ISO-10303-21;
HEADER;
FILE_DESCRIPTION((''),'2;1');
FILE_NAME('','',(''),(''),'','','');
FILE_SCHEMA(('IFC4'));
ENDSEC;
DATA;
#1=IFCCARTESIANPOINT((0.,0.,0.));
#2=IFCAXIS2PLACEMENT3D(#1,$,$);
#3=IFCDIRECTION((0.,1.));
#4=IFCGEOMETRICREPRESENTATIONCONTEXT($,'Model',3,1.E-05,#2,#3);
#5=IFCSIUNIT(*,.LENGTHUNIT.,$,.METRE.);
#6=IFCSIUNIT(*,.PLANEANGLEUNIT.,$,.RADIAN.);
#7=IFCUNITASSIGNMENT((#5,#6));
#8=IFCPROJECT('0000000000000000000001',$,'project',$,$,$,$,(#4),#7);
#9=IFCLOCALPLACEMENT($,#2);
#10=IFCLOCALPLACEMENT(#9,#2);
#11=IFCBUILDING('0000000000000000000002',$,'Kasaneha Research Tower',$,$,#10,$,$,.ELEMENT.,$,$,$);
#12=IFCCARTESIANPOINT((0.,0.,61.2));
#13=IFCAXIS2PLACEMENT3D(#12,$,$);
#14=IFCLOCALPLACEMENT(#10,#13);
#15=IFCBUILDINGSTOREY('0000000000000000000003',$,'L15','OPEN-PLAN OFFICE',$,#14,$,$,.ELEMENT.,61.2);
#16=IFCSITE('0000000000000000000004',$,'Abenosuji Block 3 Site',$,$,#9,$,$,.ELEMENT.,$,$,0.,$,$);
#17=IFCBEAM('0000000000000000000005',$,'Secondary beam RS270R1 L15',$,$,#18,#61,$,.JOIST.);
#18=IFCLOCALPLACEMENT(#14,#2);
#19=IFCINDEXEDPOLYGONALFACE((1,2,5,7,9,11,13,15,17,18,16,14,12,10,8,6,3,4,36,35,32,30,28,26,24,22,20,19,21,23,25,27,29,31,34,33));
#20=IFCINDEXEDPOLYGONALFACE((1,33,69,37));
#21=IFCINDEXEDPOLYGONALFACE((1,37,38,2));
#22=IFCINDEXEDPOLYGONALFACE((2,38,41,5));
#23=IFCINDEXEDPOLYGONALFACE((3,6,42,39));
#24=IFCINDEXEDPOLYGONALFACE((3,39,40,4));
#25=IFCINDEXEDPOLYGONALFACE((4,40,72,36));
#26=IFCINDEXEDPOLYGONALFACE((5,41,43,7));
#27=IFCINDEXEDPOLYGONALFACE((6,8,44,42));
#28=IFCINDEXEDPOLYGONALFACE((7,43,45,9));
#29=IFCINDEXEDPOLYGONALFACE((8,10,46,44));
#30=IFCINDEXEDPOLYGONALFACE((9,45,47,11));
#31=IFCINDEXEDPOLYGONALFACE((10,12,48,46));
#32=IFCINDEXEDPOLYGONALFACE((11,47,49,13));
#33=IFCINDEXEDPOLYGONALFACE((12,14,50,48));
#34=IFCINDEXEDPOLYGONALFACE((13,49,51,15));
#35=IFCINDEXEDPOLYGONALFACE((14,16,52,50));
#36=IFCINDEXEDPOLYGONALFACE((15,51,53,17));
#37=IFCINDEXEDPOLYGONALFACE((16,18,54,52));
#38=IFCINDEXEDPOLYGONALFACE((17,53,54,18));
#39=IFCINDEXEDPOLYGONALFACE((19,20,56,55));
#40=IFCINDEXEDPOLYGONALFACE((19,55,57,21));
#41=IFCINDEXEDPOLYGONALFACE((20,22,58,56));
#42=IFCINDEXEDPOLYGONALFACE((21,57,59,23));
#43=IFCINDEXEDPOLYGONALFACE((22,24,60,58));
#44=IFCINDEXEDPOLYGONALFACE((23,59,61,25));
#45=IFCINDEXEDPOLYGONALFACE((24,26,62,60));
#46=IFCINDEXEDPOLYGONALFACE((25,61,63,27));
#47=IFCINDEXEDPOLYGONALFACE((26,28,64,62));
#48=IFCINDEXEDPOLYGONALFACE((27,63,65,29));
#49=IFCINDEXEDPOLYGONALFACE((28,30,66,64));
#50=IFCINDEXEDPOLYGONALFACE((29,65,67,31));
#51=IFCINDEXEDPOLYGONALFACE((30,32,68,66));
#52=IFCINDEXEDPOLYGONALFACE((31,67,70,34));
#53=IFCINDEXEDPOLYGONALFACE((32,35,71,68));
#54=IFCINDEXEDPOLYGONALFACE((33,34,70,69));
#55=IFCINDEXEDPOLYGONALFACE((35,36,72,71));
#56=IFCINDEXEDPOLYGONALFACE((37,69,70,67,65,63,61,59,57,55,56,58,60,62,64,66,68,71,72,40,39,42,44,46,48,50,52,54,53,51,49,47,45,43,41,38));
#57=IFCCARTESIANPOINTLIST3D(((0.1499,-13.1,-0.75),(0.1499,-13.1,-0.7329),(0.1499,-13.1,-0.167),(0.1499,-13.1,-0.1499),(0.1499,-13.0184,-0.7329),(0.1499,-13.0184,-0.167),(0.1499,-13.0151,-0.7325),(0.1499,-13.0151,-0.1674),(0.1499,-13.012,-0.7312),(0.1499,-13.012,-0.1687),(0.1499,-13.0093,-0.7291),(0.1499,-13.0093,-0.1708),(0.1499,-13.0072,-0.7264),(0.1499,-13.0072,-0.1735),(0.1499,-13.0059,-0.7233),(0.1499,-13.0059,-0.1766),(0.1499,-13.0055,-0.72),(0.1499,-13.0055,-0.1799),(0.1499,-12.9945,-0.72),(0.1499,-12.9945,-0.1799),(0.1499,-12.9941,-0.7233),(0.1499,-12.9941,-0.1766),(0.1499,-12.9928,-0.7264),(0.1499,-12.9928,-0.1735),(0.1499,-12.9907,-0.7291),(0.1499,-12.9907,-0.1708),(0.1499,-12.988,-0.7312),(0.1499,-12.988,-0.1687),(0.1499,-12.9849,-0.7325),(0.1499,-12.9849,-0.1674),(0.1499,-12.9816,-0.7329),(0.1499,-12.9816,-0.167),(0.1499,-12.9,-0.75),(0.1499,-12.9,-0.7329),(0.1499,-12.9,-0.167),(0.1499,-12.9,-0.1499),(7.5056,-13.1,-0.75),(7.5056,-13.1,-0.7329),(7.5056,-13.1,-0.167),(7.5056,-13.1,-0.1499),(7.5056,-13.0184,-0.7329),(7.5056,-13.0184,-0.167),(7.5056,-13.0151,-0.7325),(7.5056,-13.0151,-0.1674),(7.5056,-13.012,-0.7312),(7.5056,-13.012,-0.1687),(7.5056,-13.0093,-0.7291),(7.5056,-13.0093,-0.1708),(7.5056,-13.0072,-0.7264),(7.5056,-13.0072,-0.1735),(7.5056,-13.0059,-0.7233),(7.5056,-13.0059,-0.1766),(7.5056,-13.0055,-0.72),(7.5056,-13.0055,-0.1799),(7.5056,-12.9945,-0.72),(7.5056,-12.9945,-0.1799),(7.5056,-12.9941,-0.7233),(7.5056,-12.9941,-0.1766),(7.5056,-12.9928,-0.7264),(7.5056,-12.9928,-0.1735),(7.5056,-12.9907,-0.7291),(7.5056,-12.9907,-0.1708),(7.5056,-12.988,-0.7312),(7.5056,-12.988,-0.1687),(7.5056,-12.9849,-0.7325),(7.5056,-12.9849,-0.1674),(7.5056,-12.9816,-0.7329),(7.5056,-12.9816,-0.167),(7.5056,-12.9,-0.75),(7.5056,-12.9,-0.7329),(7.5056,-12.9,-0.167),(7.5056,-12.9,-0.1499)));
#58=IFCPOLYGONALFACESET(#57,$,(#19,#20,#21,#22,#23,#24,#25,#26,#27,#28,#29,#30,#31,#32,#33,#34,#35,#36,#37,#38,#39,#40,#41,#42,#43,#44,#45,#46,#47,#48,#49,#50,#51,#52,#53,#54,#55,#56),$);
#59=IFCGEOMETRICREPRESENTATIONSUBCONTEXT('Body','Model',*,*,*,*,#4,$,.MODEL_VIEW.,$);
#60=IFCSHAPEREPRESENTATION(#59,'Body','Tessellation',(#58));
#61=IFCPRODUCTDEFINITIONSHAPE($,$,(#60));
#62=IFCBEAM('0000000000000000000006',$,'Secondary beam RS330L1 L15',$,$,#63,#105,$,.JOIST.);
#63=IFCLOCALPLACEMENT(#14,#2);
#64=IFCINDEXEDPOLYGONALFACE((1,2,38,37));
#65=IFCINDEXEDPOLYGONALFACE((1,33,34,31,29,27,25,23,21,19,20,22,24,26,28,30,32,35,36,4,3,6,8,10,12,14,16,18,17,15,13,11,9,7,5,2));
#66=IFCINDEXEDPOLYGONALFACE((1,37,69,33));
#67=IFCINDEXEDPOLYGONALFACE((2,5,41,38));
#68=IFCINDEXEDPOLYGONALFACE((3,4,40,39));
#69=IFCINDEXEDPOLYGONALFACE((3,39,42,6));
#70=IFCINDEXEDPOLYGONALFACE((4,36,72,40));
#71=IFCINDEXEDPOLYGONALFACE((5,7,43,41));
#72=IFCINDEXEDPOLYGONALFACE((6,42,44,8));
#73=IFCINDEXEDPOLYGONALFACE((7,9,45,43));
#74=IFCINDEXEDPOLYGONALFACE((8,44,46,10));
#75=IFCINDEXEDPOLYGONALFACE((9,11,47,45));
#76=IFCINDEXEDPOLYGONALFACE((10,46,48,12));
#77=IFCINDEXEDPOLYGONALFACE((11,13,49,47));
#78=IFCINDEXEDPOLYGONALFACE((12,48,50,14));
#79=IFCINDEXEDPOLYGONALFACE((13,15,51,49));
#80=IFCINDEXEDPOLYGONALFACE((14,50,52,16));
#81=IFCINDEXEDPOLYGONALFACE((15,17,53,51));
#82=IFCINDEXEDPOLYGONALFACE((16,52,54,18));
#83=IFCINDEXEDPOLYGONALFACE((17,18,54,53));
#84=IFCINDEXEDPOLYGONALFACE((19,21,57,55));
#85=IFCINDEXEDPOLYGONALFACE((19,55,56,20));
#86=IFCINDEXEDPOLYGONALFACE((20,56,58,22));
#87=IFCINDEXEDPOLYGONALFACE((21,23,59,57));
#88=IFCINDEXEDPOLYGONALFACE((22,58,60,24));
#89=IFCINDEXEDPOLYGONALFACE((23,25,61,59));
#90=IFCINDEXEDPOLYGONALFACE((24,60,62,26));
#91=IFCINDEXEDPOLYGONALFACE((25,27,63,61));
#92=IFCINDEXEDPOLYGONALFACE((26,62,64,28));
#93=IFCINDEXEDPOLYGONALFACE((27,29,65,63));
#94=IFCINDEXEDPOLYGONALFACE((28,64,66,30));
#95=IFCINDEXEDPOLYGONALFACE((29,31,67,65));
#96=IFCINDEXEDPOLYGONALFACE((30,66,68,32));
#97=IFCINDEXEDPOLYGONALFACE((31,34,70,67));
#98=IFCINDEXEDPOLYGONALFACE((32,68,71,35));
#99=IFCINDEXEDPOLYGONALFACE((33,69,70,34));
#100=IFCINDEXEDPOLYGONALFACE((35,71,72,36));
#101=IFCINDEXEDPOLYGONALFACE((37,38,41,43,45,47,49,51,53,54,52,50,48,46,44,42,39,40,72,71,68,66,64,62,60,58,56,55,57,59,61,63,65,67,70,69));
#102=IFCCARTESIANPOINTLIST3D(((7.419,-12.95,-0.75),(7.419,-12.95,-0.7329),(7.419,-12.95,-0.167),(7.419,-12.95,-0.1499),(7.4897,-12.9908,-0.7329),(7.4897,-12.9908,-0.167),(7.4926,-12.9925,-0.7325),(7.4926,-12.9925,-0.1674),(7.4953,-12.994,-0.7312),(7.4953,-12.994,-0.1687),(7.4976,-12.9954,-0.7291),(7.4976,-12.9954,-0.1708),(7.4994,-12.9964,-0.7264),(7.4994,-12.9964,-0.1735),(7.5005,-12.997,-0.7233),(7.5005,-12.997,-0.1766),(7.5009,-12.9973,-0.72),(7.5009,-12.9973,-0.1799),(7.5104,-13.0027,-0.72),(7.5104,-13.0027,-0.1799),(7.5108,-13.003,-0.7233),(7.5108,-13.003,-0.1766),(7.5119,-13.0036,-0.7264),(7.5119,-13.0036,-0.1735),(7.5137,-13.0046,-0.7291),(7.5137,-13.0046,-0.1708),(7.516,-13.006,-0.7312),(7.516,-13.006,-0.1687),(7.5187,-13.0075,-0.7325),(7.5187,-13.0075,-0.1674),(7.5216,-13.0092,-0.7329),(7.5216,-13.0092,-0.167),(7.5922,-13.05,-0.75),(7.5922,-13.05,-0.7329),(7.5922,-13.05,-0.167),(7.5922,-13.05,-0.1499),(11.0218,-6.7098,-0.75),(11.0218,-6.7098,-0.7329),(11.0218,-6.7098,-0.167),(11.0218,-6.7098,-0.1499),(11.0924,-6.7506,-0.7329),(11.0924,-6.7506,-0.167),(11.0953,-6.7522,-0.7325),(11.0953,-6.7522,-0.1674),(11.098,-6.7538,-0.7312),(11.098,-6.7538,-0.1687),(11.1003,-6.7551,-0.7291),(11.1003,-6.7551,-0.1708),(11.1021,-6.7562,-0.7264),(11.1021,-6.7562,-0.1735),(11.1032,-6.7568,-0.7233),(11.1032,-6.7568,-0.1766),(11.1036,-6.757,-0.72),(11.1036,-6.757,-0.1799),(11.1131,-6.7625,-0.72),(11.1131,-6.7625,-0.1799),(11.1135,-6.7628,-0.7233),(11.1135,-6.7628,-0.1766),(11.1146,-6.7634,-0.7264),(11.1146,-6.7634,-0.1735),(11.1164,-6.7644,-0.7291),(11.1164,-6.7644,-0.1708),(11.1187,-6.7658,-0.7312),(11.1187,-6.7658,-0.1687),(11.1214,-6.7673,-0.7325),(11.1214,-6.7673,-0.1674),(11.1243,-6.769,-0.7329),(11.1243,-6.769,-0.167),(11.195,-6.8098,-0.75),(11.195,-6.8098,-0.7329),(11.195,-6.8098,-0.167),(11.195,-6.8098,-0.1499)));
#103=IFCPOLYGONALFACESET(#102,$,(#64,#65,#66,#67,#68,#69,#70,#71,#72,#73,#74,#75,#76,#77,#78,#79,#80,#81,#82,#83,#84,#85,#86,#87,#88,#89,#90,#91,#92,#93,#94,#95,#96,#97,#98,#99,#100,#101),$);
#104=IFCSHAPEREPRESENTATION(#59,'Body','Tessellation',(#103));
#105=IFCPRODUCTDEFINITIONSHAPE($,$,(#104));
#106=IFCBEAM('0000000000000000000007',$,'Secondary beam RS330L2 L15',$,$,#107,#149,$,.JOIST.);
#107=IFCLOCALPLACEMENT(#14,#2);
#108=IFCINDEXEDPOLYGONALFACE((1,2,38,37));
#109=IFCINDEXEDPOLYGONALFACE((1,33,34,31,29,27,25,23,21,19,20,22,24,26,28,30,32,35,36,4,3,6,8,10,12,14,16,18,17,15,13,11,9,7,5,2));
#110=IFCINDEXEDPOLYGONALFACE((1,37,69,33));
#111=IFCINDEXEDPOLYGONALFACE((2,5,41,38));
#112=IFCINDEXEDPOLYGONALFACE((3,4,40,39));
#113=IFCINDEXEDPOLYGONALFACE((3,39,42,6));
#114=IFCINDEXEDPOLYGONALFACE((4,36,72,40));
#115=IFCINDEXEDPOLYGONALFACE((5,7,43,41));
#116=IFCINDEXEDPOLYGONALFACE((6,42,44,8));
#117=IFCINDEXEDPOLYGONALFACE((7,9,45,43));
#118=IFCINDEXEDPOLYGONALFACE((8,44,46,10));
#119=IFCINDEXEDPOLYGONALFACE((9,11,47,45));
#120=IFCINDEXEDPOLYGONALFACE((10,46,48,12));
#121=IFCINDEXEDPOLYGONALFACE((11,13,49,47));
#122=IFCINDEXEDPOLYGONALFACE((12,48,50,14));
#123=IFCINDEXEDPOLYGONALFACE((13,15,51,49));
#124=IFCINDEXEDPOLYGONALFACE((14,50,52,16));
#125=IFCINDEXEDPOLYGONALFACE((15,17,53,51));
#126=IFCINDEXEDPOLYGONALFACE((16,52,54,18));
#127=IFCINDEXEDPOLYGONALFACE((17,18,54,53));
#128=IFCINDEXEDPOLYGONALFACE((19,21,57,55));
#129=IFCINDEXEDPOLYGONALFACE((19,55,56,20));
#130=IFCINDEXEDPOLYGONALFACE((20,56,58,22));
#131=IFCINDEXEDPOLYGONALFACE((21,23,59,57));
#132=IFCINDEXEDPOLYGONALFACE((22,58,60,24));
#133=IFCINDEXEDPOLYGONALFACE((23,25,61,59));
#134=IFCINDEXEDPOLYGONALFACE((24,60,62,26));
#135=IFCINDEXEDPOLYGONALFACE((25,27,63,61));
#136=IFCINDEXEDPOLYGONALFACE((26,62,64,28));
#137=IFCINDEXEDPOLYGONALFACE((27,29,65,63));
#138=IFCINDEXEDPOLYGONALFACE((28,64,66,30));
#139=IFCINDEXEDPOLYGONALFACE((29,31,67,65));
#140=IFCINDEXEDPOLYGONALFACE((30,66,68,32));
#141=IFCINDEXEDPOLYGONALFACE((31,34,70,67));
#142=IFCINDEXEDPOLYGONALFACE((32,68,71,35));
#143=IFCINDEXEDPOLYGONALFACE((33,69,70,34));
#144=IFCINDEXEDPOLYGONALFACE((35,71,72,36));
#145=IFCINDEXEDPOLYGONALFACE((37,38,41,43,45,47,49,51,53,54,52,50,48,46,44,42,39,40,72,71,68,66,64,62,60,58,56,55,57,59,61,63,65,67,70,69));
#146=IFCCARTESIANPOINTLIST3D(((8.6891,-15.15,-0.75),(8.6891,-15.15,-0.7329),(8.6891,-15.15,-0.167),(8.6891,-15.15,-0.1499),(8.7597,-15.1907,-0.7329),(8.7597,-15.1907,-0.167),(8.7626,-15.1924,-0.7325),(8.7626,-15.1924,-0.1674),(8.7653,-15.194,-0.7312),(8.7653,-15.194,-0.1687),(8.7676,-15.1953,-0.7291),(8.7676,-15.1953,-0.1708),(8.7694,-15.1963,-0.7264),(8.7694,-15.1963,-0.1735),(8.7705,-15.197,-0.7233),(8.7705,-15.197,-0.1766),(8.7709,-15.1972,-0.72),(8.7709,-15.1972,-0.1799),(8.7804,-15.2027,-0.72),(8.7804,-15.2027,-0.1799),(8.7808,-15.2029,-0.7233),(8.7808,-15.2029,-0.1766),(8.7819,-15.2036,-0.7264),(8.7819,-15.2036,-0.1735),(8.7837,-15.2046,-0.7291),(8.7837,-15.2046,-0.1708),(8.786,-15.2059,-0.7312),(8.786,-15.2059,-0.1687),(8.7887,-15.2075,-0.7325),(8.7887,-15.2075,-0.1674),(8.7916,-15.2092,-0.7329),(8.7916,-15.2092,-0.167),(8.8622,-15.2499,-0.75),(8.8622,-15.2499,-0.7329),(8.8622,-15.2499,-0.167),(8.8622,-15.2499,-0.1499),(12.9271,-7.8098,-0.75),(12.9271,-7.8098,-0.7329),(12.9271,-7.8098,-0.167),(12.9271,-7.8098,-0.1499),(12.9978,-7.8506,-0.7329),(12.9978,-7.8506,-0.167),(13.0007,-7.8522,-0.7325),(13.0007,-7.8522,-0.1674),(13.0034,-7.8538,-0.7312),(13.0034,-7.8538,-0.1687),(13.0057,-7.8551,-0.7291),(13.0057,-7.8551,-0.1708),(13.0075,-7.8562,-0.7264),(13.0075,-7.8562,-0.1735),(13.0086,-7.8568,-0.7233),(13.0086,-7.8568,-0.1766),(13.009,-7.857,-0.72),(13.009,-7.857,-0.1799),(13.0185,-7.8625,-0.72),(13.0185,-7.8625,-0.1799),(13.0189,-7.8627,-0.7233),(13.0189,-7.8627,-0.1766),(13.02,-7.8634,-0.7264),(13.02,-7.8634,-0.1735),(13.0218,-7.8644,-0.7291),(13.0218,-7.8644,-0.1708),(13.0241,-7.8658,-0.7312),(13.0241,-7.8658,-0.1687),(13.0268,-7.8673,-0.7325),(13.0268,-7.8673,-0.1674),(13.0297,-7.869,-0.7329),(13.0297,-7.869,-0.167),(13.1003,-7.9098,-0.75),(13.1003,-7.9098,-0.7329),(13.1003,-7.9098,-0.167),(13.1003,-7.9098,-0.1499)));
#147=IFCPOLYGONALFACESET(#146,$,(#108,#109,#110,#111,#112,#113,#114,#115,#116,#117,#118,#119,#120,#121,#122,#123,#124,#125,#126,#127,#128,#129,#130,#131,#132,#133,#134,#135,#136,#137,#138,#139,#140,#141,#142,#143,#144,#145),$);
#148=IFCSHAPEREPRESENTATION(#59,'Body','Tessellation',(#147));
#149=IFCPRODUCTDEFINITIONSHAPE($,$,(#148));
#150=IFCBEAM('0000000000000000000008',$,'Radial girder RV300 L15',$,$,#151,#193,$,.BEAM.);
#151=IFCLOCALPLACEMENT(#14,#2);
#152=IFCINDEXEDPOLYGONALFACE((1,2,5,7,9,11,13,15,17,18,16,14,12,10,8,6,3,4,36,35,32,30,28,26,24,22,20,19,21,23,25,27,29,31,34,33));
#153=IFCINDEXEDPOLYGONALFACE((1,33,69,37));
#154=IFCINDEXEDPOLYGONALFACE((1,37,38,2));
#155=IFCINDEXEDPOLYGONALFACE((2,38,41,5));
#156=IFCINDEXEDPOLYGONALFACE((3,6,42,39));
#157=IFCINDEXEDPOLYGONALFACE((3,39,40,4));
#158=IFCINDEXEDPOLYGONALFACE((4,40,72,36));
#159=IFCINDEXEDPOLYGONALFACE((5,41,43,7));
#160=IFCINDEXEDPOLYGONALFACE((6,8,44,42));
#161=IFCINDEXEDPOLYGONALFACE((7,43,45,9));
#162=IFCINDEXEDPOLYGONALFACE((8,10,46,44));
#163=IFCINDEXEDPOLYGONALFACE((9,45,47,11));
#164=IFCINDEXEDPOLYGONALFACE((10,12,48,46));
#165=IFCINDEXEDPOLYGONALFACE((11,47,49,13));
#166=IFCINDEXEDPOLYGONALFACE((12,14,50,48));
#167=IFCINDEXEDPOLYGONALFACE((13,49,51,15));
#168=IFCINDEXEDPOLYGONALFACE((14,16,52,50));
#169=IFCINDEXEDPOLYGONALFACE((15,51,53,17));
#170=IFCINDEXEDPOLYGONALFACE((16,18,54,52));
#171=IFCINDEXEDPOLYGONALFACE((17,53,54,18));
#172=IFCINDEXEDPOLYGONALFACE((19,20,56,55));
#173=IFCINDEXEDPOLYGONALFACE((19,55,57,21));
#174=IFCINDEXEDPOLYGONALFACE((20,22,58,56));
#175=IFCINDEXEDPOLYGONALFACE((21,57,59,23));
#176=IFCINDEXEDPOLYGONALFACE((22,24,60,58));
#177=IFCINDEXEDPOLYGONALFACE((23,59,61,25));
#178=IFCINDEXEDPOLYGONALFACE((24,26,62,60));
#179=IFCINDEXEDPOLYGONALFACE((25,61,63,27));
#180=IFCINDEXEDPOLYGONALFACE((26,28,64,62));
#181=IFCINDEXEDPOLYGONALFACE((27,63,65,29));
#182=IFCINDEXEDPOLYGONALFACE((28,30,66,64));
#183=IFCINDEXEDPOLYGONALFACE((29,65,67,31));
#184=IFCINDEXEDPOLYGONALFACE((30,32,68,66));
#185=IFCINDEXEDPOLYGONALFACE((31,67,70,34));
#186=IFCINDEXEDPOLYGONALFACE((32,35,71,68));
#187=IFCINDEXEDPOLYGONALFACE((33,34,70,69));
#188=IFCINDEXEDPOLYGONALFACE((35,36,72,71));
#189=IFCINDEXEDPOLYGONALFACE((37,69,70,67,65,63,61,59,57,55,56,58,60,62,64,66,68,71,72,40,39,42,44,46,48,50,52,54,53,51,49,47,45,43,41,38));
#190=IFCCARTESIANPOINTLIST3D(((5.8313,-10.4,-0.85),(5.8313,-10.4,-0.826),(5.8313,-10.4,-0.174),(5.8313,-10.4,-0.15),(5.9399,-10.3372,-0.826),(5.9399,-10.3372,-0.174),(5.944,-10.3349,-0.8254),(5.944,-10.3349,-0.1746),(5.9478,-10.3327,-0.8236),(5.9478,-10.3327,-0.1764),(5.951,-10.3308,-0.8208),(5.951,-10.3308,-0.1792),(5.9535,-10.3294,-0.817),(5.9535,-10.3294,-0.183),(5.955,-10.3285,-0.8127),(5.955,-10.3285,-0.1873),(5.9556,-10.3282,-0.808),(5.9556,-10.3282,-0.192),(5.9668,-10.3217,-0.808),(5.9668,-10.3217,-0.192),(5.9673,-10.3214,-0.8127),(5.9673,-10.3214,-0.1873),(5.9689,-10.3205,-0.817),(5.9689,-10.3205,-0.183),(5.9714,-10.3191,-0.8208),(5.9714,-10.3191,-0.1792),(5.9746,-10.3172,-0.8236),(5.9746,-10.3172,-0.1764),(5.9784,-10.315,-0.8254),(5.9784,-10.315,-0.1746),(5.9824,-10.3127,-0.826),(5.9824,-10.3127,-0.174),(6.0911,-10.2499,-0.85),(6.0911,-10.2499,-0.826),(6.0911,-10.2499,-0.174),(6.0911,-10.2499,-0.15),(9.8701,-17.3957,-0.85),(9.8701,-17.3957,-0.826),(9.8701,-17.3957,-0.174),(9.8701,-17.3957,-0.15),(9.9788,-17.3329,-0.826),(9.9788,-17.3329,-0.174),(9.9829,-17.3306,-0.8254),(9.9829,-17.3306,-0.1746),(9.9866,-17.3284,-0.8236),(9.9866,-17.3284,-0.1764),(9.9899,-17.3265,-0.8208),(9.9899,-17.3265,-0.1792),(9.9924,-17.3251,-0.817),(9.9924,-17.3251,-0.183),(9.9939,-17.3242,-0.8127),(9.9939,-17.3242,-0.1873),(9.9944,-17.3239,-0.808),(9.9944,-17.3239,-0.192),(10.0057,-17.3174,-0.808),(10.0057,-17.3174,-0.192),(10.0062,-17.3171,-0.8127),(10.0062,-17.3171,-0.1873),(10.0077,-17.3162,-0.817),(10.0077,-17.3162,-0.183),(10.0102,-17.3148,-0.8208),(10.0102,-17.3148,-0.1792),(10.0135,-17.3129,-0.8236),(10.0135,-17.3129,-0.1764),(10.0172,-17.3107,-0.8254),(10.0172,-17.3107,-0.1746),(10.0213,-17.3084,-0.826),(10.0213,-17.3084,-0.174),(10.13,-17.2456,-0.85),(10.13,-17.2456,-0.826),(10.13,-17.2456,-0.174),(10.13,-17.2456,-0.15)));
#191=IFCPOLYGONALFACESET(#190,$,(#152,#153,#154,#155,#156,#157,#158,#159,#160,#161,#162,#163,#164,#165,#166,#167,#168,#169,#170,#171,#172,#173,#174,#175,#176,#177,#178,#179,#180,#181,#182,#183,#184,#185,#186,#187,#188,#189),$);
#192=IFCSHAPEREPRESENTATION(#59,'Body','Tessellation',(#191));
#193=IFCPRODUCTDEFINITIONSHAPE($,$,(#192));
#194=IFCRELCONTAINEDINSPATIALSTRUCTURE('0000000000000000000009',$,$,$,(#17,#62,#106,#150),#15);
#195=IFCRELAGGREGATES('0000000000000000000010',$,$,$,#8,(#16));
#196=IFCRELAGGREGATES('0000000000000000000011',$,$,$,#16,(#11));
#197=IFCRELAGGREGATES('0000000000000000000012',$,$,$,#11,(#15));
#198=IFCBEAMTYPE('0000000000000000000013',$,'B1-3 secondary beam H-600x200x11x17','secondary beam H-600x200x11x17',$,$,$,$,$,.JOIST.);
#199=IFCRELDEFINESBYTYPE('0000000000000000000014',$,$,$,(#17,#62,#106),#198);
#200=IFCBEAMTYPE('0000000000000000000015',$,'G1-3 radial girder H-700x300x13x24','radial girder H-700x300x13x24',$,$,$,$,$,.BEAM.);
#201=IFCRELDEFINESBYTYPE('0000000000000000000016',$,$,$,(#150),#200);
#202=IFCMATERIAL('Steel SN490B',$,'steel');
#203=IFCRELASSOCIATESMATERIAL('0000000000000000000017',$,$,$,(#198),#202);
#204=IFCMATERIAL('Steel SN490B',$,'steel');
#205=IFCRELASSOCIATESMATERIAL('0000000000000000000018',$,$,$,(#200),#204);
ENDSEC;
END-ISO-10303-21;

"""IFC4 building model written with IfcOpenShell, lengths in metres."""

from ifc_helpers import new_model, si_unit, direction, frame, origin, origin_2d, place, context, subcontext, project, spatial, i_section, extrude, material, material_profile, profile_set, type_object, element, save


model = new_model("IFC4")

# Units and contexts
model_context = context("Model", 3, precision=1e-05, world=origin(), true_north=direction((0.0, 1.0)))
body_context = subcontext(model_context, "Body", "Model", "MODEL_VIEW")
ifc_project = project(units=[si_unit("LENGTHUNIT", "METRE"), si_unit("PLANEANGLEUNIT", "RADIAN")], contexts=[model_context])

# Site, building, storey
site_placement = place(None, origin())
site = spatial("IfcSite", under=ifc_project, at=site_placement, Name="Abenosuji Block 3 Site", CompositionType="ELEMENT", RefElevation=0.0)
building_placement = place(site_placement, origin())
building = spatial("IfcBuilding", under=site, at=building_placement, Name="Kasaneha Research Tower", CompositionType="ELEMENT")
storey_placement = place(building_placement, frame((0.0, 0.0, 61.2)))
storey = spatial("IfcBuildingStorey", under=building, at=storey_placement, Name="L15", Description="OPEN-PLAN OFFICE", CompositionType="ELEMENT", Elevation=61.2)

# Beams
ifc_material_1 = material(Name="Steel SN490B", Category="steel")
ifc_material_profile_1 = material_profile(ifc_material_1, i_section(OverallWidth=0.2, OverallDepth=0.6001, WebThickness=0.011, FlangeThickness=0.0171, FilletRadius=0.0129, at=origin_2d()), Name="H-600x200x11x17")
ifc_profile_set_1 = profile_set([ifc_material_profile_1], Name="Steel SN490B")
beam_type_1 = type_object("IfcBeamType", Name="B1-3 secondary beam H-600x200x11x17", Description="secondary beam H-600x200x11x17", PredefinedType="JOIST", material=ifc_profile_set_1)
beam_1_placement = place(storey_placement, frame((7.5056, -13.0, -0.45), z_axis=(-1.0, 0.0, 0.0), x_axis=(0.0, -1.0, 0.0)))
element("IfcBeam", 1, at=beam_1_placement, inside=storey, type_object=beam_type_1, Name="Secondary beam RS270R1 L15", PredefinedType="JOIST", context=body_context, shape_type="SweptSolid", body=[
    extrude(i_section(OverallWidth=0.2, OverallDepth=0.6001, WebThickness=0.011, FlangeThickness=0.0171, FilletRadius=0.0129, at=origin_2d()), origin(), (0.0, 0.0, 1.0), 7.3557),
])
beam_2_placement = place(storey_placement, frame((7.5056, -13.0, -0.45), z_axis=(0.499998, 0.866026, 0.0), x_axis=(-0.866026, 0.499998, 0.0)))
element("IfcBeam", 2, at=beam_2_placement, inside=storey, type_object=beam_type_1, Name="Secondary beam RS330L1 L15", PredefinedType="JOIST", context=body_context, shape_type="SweptSolid", body=[
    extrude(i_section(OverallWidth=0.2, OverallDepth=0.6001, WebThickness=0.011, FlangeThickness=0.0171, FilletRadius=0.0129, at=origin_2d()), origin(), (0.0, 0.0, 1.0), 7.2056),
])
beam_3_placement = place(storey_placement, frame((8.7756, -15.2, -0.45), z_axis=(0.500021, 0.866013, 0.0), x_axis=(-0.866013, 0.500021, 0.0)))
element("IfcBeam", 3, at=beam_3_placement, inside=storey, type_object=beam_type_1, Name="Secondary beam RS330L2 L15", PredefinedType="JOIST", context=body_context, shape_type="SweptSolid", body=[
    extrude(i_section(OverallWidth=0.2, OverallDepth=0.6001, WebThickness=0.011, FlangeThickness=0.0171, FilletRadius=0.0129, at=origin_2d()), origin(), (0.0, 0.0, 1.0), 8.4758),
])
ifc_material_2 = material(Name="Steel SN490B", Category="steel")
ifc_material_profile_2 = material_profile(ifc_material_2, i_section(OverallWidth=0.3, OverallDepth=0.7, WebThickness=0.0129, FlangeThickness=0.0239, FilletRadius=0.0181, at=origin_2d()), Name="H-700x300x13x24")
ifc_profile_set_2 = profile_set([ifc_material_profile_2], Name="Steel SN490B")
beam_type_2 = type_object("IfcBeamType", Name="G1-3 radial girder H-700x300x13x24", Description="radial girder H-700x300x13x24", PredefinedType="BEAM", material=ifc_profile_set_2)
beam_4_placement = place(storey_placement, frame((5.9612, -10.325, -0.5), z_axis=(0.499991, -0.866031, 0.0), x_axis=(0.866031, 0.499991, 0.0)))
element("IfcBeam", 4, at=beam_4_placement, inside=storey, type_object=beam_type_2, Name="Radial girder RV300 L15", PredefinedType="BEAM", context=body_context, shape_type="SweptSolid", body=[
    extrude(i_section(OverallWidth=0.3, OverallDepth=0.7, WebThickness=0.0129, FlangeThickness=0.0239, FilletRadius=0.0181, at=origin_2d()), origin(), (0.0, 0.0, 1.0), 8.0779),
])

save(model, "model.ifc")
